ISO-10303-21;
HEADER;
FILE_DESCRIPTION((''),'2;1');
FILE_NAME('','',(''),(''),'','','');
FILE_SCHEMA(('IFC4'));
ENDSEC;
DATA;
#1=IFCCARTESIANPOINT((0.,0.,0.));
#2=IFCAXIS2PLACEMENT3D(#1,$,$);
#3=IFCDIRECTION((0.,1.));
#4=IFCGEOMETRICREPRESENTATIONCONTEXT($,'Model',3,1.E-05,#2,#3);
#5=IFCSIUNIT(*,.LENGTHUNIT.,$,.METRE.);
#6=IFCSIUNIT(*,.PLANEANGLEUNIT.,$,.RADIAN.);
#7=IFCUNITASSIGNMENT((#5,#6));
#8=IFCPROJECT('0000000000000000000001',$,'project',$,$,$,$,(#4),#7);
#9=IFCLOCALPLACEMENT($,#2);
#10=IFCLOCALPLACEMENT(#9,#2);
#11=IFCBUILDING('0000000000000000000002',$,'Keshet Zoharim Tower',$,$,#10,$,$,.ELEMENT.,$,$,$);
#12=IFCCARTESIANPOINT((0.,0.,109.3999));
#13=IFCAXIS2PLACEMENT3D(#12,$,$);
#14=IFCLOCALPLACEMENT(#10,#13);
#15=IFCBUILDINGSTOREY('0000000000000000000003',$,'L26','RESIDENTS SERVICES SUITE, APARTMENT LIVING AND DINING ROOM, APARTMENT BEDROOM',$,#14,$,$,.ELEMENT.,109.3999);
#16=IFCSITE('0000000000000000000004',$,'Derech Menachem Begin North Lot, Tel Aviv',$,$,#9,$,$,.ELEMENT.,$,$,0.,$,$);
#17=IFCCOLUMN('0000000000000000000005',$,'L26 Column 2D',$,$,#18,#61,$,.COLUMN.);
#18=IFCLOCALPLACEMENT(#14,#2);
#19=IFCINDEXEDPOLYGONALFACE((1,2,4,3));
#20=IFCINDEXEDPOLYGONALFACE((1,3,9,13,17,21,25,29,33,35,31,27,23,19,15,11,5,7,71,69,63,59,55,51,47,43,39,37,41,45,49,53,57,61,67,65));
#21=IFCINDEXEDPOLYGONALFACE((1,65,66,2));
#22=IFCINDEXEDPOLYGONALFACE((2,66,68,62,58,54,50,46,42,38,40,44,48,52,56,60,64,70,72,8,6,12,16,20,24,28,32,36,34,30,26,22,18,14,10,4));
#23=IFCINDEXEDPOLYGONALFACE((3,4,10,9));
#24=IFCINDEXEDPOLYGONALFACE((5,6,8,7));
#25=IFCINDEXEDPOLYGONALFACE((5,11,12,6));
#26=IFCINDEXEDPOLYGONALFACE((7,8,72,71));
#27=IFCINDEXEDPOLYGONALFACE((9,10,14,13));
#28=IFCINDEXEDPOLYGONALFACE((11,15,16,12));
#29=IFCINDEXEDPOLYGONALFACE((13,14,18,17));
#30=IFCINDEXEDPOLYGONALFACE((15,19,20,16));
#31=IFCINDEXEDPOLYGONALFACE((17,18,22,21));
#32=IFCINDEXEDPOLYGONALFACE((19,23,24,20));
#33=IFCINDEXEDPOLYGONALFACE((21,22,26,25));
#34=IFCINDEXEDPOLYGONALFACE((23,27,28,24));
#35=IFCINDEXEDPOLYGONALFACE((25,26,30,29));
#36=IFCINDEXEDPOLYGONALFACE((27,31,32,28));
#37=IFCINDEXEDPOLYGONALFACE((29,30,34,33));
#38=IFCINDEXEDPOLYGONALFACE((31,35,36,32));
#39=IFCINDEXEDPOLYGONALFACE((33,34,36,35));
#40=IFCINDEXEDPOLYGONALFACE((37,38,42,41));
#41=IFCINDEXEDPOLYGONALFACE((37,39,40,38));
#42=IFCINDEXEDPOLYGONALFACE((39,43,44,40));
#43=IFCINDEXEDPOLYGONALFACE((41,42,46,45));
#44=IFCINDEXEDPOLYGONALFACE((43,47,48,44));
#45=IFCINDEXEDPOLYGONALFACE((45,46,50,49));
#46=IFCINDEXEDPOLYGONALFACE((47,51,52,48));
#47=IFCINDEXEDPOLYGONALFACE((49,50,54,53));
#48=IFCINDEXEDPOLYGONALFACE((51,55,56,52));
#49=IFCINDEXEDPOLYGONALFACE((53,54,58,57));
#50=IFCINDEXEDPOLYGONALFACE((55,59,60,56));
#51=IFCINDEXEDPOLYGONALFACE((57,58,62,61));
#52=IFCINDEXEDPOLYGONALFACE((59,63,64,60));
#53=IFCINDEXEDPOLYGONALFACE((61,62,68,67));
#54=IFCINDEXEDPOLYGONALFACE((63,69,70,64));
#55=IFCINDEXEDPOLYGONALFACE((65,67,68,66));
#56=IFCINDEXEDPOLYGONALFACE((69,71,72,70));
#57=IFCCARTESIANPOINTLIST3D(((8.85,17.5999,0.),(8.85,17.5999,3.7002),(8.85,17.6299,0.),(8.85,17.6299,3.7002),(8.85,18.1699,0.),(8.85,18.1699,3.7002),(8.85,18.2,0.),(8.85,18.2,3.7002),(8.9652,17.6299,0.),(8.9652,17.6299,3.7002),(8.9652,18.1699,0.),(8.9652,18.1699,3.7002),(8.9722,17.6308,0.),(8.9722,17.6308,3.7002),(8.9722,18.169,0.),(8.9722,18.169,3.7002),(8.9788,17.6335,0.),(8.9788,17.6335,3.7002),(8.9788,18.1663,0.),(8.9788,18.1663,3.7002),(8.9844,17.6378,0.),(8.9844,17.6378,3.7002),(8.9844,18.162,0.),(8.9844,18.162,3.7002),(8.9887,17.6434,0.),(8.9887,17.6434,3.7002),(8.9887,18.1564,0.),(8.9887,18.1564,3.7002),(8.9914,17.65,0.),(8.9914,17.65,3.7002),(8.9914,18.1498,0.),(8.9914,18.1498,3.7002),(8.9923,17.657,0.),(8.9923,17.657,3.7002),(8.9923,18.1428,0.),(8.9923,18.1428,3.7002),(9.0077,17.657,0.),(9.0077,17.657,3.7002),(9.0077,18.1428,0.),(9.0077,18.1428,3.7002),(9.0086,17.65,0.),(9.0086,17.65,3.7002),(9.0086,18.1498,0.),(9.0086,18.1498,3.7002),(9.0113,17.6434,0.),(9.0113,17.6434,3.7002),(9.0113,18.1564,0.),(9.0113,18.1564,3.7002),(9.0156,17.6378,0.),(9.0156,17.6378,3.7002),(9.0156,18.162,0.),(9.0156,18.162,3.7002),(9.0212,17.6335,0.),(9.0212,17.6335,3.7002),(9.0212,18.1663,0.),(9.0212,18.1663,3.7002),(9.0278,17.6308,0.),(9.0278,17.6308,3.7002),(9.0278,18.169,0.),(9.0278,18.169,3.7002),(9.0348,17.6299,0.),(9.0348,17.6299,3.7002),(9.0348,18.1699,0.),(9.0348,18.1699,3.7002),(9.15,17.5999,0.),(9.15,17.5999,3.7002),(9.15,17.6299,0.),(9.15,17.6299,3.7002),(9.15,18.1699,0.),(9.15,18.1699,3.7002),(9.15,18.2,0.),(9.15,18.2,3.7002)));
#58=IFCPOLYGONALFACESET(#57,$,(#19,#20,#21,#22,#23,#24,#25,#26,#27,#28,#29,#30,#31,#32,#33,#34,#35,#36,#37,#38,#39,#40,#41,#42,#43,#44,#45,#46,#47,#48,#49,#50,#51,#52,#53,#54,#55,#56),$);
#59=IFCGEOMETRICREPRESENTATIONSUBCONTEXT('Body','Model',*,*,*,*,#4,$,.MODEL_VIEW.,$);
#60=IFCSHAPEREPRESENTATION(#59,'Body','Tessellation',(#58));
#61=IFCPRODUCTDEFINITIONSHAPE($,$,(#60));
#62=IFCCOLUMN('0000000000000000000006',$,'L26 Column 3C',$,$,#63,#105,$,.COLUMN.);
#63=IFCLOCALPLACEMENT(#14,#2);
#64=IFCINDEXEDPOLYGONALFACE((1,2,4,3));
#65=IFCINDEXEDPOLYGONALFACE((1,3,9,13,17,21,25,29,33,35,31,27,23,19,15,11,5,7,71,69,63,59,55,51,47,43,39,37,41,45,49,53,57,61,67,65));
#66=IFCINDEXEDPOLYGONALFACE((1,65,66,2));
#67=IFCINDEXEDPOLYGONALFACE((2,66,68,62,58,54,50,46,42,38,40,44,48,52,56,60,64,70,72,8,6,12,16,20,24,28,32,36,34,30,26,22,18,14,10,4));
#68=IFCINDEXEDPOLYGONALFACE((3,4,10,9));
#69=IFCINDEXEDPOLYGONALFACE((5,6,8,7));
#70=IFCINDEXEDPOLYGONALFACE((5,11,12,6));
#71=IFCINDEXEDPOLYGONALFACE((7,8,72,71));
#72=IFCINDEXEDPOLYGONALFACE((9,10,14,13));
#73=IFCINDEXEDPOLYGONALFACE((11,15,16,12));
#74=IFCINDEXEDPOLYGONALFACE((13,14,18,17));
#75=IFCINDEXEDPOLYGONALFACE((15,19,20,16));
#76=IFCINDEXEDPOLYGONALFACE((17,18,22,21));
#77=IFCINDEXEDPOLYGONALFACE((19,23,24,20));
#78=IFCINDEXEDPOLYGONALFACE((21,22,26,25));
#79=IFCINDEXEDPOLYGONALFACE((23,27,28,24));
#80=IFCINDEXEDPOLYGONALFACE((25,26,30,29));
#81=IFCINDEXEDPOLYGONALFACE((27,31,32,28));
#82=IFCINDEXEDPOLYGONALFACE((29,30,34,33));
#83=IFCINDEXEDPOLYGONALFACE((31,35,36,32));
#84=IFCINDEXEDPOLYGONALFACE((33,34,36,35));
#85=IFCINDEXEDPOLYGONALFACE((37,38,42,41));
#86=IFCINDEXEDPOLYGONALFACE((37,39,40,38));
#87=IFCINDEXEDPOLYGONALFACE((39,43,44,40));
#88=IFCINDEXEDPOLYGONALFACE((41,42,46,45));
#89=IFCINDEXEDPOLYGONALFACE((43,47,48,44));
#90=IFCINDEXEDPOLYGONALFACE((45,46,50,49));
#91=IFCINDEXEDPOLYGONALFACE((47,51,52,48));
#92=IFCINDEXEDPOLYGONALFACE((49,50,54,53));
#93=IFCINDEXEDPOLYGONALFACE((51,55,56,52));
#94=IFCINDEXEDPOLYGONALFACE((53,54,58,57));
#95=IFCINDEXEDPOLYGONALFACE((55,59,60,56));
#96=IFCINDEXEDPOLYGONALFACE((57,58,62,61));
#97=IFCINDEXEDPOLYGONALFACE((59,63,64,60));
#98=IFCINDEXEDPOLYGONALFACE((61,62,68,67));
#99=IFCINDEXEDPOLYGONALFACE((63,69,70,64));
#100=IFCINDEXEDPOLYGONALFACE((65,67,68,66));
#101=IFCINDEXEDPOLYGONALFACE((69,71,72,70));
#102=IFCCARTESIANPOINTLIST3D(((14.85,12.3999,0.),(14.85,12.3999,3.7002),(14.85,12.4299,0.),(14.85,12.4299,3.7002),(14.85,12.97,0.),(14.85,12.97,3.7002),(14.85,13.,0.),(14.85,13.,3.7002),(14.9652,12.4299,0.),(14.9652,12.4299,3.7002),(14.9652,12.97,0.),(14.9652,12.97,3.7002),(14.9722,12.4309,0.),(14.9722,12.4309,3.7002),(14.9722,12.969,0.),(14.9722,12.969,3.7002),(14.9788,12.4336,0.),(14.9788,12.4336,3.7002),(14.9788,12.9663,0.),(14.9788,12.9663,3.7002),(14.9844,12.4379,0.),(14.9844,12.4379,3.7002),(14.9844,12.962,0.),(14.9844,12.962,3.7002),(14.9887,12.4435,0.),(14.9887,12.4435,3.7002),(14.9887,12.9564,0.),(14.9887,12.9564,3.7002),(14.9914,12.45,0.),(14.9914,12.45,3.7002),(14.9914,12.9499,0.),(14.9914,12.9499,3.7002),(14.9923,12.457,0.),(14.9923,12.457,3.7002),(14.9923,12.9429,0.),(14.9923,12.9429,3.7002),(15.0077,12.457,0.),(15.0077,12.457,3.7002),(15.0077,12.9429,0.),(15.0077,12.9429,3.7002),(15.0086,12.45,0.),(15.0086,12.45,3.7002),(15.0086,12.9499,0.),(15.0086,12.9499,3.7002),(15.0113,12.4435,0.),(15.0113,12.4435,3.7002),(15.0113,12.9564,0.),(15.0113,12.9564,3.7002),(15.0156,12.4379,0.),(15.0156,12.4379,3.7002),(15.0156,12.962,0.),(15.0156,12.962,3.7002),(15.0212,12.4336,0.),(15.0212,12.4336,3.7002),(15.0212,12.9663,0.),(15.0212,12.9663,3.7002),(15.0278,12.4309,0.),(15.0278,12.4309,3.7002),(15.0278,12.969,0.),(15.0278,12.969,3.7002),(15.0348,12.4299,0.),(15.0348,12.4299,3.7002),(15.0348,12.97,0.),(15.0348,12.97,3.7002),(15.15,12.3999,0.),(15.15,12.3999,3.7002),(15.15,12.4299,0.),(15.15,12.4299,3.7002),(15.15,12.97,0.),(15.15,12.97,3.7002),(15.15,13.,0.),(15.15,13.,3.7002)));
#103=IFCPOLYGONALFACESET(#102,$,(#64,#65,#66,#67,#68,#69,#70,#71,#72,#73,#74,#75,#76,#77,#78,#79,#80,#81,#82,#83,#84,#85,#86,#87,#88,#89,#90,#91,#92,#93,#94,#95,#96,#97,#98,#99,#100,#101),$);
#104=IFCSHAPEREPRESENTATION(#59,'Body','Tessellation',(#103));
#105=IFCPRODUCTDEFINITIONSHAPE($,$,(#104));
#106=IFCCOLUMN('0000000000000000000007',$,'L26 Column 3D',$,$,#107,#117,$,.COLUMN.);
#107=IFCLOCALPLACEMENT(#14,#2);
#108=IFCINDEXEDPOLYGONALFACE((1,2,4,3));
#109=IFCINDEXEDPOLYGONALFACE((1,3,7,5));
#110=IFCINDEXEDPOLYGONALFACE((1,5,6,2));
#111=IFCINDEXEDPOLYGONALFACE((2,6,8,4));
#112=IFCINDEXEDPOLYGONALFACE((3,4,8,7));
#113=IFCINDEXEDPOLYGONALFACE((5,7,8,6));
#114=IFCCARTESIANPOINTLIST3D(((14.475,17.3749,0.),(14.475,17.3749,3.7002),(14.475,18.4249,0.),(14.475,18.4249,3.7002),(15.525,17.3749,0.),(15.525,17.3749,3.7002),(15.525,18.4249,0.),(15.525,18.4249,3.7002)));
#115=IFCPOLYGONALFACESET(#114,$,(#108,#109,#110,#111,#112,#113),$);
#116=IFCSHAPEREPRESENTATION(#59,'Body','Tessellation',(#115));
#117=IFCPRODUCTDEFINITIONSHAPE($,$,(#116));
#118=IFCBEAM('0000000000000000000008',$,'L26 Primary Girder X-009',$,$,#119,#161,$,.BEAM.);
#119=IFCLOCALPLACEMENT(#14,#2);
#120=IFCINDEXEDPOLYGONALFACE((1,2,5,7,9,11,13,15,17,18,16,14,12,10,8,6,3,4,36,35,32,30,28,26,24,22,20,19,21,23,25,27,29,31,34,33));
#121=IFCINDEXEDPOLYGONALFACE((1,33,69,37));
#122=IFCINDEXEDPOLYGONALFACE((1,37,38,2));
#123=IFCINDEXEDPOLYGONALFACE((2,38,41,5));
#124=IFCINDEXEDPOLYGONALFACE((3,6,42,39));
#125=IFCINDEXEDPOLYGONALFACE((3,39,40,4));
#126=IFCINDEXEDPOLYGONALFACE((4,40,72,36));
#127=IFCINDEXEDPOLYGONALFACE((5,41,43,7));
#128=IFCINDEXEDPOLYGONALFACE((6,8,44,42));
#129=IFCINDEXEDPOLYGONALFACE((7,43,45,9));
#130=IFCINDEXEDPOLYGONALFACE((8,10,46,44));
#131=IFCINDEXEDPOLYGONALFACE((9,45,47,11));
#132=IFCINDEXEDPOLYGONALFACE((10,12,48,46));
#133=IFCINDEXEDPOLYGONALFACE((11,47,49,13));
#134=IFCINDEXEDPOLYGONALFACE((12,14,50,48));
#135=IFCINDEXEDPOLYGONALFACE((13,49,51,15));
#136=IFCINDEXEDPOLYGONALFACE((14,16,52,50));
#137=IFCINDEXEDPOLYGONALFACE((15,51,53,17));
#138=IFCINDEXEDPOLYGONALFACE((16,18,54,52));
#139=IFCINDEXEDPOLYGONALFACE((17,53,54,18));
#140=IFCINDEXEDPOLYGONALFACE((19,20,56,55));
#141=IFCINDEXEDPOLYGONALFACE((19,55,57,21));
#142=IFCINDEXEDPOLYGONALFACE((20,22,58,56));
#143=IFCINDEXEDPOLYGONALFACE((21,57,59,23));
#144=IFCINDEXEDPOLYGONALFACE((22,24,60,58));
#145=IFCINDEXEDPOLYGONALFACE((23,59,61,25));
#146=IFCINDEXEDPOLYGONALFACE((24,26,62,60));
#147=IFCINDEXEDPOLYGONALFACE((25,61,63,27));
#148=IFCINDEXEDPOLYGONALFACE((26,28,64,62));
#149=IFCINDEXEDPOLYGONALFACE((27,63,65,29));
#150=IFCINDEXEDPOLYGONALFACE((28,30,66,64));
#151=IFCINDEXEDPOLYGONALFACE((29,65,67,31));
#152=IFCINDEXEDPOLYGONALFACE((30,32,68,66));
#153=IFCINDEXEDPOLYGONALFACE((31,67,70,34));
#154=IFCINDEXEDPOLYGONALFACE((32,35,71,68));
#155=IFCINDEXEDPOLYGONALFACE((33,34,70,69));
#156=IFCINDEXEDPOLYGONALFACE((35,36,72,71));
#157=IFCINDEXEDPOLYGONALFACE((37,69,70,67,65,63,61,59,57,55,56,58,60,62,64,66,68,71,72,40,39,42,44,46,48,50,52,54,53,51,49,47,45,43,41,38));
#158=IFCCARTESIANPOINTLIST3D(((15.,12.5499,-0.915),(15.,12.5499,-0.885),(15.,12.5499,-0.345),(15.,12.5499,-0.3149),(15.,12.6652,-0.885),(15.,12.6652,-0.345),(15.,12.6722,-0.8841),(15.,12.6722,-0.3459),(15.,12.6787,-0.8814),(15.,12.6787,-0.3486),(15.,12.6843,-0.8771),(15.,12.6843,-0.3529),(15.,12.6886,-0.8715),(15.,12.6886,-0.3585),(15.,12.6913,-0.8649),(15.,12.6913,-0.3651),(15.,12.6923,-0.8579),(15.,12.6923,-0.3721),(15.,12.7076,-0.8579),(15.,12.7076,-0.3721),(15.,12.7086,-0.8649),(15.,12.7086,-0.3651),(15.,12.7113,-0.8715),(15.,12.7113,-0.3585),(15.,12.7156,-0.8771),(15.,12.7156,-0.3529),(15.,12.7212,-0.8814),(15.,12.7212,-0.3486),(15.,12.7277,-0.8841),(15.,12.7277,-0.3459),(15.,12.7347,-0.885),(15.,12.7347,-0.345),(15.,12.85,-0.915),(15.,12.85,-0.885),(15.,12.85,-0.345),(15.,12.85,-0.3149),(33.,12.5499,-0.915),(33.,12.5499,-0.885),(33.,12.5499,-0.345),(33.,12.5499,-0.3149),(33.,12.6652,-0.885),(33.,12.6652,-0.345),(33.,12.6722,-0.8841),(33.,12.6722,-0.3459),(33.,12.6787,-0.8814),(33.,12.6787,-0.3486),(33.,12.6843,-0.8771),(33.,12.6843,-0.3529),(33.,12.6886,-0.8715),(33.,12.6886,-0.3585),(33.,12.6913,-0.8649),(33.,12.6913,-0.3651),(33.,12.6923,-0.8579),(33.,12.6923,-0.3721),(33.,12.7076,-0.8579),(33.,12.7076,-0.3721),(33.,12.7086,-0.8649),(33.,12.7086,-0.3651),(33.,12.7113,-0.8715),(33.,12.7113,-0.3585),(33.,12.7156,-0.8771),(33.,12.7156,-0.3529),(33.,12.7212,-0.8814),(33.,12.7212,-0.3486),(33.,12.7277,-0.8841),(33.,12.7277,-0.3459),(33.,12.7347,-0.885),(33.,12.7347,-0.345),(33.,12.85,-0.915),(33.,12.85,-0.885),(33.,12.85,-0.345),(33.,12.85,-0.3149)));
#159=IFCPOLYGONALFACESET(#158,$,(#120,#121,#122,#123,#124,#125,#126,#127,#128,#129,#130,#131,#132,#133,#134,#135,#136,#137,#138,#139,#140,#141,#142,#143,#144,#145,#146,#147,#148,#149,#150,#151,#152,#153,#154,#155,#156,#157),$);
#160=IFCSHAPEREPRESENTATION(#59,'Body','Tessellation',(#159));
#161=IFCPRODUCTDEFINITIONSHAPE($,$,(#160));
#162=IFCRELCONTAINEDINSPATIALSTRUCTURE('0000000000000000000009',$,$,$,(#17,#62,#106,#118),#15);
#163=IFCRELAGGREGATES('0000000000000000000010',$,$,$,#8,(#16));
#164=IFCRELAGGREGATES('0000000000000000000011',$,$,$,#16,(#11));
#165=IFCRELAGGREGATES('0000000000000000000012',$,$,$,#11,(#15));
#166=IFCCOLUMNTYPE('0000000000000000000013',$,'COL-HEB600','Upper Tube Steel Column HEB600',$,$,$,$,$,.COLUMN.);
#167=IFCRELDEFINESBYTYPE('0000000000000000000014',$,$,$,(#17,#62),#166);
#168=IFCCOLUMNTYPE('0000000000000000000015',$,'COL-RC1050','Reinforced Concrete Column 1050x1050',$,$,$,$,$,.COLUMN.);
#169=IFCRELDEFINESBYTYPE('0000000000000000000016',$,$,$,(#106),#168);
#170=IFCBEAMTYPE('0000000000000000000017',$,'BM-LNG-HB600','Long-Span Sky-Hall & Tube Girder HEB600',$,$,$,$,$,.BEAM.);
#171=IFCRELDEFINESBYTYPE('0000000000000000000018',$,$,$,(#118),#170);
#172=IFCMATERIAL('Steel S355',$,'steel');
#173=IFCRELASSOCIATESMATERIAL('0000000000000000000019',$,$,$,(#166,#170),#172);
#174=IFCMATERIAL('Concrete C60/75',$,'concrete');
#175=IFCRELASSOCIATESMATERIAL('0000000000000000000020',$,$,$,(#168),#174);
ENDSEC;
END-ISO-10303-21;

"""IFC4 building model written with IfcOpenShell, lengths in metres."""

from ifc_helpers import new_model, si_unit, direction, frame, origin, origin_2d, place, context, subcontext, project, spatial, rectangle, i_section, extrude, material, material_profile, profile_set, type_object, element, save


model = new_model("IFC4")

# Units and contexts
model_context = context("Model", 3, precision=1e-05, world=origin(), true_north=direction((0.0, 1.0)))
body_context = subcontext(model_context, "Body", "Model", "MODEL_VIEW")
ifc_project = project(units=[si_unit("LENGTHUNIT", "METRE"), si_unit("PLANEANGLEUNIT", "RADIAN")], contexts=[model_context])

# Site, building, storey
site_placement = place(None, origin())
site = spatial("IfcSite", under=ifc_project, at=site_placement, Name="Derech Menachem Begin North Lot, Tel Aviv", CompositionType="ELEMENT", RefElevation=0.0)
building_placement = place(site_placement, origin())
building = spatial("IfcBuilding", under=site, at=building_placement, Name="Keshet Zoharim Tower", CompositionType="ELEMENT")
storey_placement = place(building_placement, frame((0.0, 0.0, 109.3999)))
storey = spatial("IfcBuildingStorey", under=building, at=storey_placement, Name="L26", Description="RESIDENTS SERVICES SUITE, APARTMENT LIVING AND DINING ROOM, APARTMENT BEDROOM", CompositionType="ELEMENT", Elevation=109.3999)

# Columns
ifc_material_1 = material(Name="Steel S355", Category="steel")
ifc_material_profile_1 = material_profile(ifc_material_1, i_section(OverallWidth=0.3, OverallDepth=0.6001, WebThickness=0.0154, FlangeThickness=0.03, FilletRadius=0.0271, at=origin_2d()), Name="HEB600")
ifc_profile_set_1 = profile_set([ifc_material_profile_1], Name="Steel S355")
column_type_1 = type_object("IfcColumnType", Name="COL-HEB600", Description="Upper Tube Steel Column HEB600", PredefinedType="COLUMN", material=ifc_profile_set_1)
for number, where, z_axis, x_axis, name in (
    (1, (9.0, 17.8999, 0.0), (0.0, 0.0, 1.0), (1.0, 0.0, 0.0), "L26 Column 2D"),
    (2, (15.0, 12.7, 0.0), (0.0, 0.0, 1.0), (1.0, 0.0, 0.0), "L26 Column 3C"),
):
    element("IfcColumn", number, at=place(storey_placement, frame(where, z_axis=z_axis, x_axis=x_axis)), inside=storey, type_object=column_type_1, Name=name, PredefinedType="COLUMN", context=body_context, shape_type="SweptSolid", body=[
        extrude(i_section(OverallWidth=0.3, OverallDepth=0.6001, WebThickness=0.0154, FlangeThickness=0.03, FilletRadius=0.0271, at=origin_2d()), origin(), (0.0, 0.0, 1.0), 3.7002),
    ])
ifc_material_2 = material(Name="Concrete C60/75", Category="concrete")
ifc_material_profile_2 = material_profile(ifc_material_2, rectangle(XDim=1.05, YDim=1.05, at=origin_2d()), Name="RC1050x1050")
ifc_profile_set_2 = profile_set([ifc_material_profile_2], Name="Concrete C60/75")
column_type_2 = type_object("IfcColumnType", Name="COL-RC1050", Description="Reinforced Concrete Column 1050x1050", PredefinedType="COLUMN", material=ifc_profile_set_2)
column_placement = place(storey_placement, frame((15.0, 17.8999, 0.0), z_axis=(0.0, 0.0, 1.0), x_axis=(1.0, 0.0, 0.0)))
element("IfcColumn", 3, at=column_placement, inside=storey, type_object=column_type_2, Name="L26 Column 3D", PredefinedType="COLUMN", context=body_context, shape_type="SweptSolid", body=[
    extrude(rectangle(XDim=1.05, YDim=1.05, at=origin_2d()), origin(), (0.0, 0.0, 1.0), 3.7002),
])

# Beam
ifc_material_profile_3 = material_profile(ifc_material_1, i_section(OverallWidth=0.3, OverallDepth=0.6001, WebThickness=0.0154, FlangeThickness=0.03, FilletRadius=0.0271, at=origin_2d()), Name="HEB600")
ifc_profile_set_3 = profile_set([ifc_material_profile_3], Name="Steel S355")
beam_type_1 = type_object("IfcBeamType", Name="BM-LNG-HB600", Description="Long-Span Sky-Hall & Tube Girder HEB600", PredefinedType="BEAM", material=ifc_profile_set_3)
for number, where, z_axis, x_axis, name in (
    (4, (15.0, 12.7, -0.615), (1.0, 0.0, 0.0), (0.0, 1.0, 0.0), "L26 Primary Girder X-009"),
):
    element("IfcBeam", number, at=place(storey_placement, frame(where, z_axis=z_axis, x_axis=x_axis)), inside=storey, type_object=beam_type_1, Name=name, PredefinedType="BEAM", context=body_context, shape_type="SweptSolid", body=[
        extrude(i_section(OverallWidth=0.3, OverallDepth=0.6001, WebThickness=0.0154, FlangeThickness=0.03, FilletRadius=0.0271, at=origin_2d()), origin(), (0.0, 0.0, 1.0), 18.0),
    ])

save(model, "model.ifc")
